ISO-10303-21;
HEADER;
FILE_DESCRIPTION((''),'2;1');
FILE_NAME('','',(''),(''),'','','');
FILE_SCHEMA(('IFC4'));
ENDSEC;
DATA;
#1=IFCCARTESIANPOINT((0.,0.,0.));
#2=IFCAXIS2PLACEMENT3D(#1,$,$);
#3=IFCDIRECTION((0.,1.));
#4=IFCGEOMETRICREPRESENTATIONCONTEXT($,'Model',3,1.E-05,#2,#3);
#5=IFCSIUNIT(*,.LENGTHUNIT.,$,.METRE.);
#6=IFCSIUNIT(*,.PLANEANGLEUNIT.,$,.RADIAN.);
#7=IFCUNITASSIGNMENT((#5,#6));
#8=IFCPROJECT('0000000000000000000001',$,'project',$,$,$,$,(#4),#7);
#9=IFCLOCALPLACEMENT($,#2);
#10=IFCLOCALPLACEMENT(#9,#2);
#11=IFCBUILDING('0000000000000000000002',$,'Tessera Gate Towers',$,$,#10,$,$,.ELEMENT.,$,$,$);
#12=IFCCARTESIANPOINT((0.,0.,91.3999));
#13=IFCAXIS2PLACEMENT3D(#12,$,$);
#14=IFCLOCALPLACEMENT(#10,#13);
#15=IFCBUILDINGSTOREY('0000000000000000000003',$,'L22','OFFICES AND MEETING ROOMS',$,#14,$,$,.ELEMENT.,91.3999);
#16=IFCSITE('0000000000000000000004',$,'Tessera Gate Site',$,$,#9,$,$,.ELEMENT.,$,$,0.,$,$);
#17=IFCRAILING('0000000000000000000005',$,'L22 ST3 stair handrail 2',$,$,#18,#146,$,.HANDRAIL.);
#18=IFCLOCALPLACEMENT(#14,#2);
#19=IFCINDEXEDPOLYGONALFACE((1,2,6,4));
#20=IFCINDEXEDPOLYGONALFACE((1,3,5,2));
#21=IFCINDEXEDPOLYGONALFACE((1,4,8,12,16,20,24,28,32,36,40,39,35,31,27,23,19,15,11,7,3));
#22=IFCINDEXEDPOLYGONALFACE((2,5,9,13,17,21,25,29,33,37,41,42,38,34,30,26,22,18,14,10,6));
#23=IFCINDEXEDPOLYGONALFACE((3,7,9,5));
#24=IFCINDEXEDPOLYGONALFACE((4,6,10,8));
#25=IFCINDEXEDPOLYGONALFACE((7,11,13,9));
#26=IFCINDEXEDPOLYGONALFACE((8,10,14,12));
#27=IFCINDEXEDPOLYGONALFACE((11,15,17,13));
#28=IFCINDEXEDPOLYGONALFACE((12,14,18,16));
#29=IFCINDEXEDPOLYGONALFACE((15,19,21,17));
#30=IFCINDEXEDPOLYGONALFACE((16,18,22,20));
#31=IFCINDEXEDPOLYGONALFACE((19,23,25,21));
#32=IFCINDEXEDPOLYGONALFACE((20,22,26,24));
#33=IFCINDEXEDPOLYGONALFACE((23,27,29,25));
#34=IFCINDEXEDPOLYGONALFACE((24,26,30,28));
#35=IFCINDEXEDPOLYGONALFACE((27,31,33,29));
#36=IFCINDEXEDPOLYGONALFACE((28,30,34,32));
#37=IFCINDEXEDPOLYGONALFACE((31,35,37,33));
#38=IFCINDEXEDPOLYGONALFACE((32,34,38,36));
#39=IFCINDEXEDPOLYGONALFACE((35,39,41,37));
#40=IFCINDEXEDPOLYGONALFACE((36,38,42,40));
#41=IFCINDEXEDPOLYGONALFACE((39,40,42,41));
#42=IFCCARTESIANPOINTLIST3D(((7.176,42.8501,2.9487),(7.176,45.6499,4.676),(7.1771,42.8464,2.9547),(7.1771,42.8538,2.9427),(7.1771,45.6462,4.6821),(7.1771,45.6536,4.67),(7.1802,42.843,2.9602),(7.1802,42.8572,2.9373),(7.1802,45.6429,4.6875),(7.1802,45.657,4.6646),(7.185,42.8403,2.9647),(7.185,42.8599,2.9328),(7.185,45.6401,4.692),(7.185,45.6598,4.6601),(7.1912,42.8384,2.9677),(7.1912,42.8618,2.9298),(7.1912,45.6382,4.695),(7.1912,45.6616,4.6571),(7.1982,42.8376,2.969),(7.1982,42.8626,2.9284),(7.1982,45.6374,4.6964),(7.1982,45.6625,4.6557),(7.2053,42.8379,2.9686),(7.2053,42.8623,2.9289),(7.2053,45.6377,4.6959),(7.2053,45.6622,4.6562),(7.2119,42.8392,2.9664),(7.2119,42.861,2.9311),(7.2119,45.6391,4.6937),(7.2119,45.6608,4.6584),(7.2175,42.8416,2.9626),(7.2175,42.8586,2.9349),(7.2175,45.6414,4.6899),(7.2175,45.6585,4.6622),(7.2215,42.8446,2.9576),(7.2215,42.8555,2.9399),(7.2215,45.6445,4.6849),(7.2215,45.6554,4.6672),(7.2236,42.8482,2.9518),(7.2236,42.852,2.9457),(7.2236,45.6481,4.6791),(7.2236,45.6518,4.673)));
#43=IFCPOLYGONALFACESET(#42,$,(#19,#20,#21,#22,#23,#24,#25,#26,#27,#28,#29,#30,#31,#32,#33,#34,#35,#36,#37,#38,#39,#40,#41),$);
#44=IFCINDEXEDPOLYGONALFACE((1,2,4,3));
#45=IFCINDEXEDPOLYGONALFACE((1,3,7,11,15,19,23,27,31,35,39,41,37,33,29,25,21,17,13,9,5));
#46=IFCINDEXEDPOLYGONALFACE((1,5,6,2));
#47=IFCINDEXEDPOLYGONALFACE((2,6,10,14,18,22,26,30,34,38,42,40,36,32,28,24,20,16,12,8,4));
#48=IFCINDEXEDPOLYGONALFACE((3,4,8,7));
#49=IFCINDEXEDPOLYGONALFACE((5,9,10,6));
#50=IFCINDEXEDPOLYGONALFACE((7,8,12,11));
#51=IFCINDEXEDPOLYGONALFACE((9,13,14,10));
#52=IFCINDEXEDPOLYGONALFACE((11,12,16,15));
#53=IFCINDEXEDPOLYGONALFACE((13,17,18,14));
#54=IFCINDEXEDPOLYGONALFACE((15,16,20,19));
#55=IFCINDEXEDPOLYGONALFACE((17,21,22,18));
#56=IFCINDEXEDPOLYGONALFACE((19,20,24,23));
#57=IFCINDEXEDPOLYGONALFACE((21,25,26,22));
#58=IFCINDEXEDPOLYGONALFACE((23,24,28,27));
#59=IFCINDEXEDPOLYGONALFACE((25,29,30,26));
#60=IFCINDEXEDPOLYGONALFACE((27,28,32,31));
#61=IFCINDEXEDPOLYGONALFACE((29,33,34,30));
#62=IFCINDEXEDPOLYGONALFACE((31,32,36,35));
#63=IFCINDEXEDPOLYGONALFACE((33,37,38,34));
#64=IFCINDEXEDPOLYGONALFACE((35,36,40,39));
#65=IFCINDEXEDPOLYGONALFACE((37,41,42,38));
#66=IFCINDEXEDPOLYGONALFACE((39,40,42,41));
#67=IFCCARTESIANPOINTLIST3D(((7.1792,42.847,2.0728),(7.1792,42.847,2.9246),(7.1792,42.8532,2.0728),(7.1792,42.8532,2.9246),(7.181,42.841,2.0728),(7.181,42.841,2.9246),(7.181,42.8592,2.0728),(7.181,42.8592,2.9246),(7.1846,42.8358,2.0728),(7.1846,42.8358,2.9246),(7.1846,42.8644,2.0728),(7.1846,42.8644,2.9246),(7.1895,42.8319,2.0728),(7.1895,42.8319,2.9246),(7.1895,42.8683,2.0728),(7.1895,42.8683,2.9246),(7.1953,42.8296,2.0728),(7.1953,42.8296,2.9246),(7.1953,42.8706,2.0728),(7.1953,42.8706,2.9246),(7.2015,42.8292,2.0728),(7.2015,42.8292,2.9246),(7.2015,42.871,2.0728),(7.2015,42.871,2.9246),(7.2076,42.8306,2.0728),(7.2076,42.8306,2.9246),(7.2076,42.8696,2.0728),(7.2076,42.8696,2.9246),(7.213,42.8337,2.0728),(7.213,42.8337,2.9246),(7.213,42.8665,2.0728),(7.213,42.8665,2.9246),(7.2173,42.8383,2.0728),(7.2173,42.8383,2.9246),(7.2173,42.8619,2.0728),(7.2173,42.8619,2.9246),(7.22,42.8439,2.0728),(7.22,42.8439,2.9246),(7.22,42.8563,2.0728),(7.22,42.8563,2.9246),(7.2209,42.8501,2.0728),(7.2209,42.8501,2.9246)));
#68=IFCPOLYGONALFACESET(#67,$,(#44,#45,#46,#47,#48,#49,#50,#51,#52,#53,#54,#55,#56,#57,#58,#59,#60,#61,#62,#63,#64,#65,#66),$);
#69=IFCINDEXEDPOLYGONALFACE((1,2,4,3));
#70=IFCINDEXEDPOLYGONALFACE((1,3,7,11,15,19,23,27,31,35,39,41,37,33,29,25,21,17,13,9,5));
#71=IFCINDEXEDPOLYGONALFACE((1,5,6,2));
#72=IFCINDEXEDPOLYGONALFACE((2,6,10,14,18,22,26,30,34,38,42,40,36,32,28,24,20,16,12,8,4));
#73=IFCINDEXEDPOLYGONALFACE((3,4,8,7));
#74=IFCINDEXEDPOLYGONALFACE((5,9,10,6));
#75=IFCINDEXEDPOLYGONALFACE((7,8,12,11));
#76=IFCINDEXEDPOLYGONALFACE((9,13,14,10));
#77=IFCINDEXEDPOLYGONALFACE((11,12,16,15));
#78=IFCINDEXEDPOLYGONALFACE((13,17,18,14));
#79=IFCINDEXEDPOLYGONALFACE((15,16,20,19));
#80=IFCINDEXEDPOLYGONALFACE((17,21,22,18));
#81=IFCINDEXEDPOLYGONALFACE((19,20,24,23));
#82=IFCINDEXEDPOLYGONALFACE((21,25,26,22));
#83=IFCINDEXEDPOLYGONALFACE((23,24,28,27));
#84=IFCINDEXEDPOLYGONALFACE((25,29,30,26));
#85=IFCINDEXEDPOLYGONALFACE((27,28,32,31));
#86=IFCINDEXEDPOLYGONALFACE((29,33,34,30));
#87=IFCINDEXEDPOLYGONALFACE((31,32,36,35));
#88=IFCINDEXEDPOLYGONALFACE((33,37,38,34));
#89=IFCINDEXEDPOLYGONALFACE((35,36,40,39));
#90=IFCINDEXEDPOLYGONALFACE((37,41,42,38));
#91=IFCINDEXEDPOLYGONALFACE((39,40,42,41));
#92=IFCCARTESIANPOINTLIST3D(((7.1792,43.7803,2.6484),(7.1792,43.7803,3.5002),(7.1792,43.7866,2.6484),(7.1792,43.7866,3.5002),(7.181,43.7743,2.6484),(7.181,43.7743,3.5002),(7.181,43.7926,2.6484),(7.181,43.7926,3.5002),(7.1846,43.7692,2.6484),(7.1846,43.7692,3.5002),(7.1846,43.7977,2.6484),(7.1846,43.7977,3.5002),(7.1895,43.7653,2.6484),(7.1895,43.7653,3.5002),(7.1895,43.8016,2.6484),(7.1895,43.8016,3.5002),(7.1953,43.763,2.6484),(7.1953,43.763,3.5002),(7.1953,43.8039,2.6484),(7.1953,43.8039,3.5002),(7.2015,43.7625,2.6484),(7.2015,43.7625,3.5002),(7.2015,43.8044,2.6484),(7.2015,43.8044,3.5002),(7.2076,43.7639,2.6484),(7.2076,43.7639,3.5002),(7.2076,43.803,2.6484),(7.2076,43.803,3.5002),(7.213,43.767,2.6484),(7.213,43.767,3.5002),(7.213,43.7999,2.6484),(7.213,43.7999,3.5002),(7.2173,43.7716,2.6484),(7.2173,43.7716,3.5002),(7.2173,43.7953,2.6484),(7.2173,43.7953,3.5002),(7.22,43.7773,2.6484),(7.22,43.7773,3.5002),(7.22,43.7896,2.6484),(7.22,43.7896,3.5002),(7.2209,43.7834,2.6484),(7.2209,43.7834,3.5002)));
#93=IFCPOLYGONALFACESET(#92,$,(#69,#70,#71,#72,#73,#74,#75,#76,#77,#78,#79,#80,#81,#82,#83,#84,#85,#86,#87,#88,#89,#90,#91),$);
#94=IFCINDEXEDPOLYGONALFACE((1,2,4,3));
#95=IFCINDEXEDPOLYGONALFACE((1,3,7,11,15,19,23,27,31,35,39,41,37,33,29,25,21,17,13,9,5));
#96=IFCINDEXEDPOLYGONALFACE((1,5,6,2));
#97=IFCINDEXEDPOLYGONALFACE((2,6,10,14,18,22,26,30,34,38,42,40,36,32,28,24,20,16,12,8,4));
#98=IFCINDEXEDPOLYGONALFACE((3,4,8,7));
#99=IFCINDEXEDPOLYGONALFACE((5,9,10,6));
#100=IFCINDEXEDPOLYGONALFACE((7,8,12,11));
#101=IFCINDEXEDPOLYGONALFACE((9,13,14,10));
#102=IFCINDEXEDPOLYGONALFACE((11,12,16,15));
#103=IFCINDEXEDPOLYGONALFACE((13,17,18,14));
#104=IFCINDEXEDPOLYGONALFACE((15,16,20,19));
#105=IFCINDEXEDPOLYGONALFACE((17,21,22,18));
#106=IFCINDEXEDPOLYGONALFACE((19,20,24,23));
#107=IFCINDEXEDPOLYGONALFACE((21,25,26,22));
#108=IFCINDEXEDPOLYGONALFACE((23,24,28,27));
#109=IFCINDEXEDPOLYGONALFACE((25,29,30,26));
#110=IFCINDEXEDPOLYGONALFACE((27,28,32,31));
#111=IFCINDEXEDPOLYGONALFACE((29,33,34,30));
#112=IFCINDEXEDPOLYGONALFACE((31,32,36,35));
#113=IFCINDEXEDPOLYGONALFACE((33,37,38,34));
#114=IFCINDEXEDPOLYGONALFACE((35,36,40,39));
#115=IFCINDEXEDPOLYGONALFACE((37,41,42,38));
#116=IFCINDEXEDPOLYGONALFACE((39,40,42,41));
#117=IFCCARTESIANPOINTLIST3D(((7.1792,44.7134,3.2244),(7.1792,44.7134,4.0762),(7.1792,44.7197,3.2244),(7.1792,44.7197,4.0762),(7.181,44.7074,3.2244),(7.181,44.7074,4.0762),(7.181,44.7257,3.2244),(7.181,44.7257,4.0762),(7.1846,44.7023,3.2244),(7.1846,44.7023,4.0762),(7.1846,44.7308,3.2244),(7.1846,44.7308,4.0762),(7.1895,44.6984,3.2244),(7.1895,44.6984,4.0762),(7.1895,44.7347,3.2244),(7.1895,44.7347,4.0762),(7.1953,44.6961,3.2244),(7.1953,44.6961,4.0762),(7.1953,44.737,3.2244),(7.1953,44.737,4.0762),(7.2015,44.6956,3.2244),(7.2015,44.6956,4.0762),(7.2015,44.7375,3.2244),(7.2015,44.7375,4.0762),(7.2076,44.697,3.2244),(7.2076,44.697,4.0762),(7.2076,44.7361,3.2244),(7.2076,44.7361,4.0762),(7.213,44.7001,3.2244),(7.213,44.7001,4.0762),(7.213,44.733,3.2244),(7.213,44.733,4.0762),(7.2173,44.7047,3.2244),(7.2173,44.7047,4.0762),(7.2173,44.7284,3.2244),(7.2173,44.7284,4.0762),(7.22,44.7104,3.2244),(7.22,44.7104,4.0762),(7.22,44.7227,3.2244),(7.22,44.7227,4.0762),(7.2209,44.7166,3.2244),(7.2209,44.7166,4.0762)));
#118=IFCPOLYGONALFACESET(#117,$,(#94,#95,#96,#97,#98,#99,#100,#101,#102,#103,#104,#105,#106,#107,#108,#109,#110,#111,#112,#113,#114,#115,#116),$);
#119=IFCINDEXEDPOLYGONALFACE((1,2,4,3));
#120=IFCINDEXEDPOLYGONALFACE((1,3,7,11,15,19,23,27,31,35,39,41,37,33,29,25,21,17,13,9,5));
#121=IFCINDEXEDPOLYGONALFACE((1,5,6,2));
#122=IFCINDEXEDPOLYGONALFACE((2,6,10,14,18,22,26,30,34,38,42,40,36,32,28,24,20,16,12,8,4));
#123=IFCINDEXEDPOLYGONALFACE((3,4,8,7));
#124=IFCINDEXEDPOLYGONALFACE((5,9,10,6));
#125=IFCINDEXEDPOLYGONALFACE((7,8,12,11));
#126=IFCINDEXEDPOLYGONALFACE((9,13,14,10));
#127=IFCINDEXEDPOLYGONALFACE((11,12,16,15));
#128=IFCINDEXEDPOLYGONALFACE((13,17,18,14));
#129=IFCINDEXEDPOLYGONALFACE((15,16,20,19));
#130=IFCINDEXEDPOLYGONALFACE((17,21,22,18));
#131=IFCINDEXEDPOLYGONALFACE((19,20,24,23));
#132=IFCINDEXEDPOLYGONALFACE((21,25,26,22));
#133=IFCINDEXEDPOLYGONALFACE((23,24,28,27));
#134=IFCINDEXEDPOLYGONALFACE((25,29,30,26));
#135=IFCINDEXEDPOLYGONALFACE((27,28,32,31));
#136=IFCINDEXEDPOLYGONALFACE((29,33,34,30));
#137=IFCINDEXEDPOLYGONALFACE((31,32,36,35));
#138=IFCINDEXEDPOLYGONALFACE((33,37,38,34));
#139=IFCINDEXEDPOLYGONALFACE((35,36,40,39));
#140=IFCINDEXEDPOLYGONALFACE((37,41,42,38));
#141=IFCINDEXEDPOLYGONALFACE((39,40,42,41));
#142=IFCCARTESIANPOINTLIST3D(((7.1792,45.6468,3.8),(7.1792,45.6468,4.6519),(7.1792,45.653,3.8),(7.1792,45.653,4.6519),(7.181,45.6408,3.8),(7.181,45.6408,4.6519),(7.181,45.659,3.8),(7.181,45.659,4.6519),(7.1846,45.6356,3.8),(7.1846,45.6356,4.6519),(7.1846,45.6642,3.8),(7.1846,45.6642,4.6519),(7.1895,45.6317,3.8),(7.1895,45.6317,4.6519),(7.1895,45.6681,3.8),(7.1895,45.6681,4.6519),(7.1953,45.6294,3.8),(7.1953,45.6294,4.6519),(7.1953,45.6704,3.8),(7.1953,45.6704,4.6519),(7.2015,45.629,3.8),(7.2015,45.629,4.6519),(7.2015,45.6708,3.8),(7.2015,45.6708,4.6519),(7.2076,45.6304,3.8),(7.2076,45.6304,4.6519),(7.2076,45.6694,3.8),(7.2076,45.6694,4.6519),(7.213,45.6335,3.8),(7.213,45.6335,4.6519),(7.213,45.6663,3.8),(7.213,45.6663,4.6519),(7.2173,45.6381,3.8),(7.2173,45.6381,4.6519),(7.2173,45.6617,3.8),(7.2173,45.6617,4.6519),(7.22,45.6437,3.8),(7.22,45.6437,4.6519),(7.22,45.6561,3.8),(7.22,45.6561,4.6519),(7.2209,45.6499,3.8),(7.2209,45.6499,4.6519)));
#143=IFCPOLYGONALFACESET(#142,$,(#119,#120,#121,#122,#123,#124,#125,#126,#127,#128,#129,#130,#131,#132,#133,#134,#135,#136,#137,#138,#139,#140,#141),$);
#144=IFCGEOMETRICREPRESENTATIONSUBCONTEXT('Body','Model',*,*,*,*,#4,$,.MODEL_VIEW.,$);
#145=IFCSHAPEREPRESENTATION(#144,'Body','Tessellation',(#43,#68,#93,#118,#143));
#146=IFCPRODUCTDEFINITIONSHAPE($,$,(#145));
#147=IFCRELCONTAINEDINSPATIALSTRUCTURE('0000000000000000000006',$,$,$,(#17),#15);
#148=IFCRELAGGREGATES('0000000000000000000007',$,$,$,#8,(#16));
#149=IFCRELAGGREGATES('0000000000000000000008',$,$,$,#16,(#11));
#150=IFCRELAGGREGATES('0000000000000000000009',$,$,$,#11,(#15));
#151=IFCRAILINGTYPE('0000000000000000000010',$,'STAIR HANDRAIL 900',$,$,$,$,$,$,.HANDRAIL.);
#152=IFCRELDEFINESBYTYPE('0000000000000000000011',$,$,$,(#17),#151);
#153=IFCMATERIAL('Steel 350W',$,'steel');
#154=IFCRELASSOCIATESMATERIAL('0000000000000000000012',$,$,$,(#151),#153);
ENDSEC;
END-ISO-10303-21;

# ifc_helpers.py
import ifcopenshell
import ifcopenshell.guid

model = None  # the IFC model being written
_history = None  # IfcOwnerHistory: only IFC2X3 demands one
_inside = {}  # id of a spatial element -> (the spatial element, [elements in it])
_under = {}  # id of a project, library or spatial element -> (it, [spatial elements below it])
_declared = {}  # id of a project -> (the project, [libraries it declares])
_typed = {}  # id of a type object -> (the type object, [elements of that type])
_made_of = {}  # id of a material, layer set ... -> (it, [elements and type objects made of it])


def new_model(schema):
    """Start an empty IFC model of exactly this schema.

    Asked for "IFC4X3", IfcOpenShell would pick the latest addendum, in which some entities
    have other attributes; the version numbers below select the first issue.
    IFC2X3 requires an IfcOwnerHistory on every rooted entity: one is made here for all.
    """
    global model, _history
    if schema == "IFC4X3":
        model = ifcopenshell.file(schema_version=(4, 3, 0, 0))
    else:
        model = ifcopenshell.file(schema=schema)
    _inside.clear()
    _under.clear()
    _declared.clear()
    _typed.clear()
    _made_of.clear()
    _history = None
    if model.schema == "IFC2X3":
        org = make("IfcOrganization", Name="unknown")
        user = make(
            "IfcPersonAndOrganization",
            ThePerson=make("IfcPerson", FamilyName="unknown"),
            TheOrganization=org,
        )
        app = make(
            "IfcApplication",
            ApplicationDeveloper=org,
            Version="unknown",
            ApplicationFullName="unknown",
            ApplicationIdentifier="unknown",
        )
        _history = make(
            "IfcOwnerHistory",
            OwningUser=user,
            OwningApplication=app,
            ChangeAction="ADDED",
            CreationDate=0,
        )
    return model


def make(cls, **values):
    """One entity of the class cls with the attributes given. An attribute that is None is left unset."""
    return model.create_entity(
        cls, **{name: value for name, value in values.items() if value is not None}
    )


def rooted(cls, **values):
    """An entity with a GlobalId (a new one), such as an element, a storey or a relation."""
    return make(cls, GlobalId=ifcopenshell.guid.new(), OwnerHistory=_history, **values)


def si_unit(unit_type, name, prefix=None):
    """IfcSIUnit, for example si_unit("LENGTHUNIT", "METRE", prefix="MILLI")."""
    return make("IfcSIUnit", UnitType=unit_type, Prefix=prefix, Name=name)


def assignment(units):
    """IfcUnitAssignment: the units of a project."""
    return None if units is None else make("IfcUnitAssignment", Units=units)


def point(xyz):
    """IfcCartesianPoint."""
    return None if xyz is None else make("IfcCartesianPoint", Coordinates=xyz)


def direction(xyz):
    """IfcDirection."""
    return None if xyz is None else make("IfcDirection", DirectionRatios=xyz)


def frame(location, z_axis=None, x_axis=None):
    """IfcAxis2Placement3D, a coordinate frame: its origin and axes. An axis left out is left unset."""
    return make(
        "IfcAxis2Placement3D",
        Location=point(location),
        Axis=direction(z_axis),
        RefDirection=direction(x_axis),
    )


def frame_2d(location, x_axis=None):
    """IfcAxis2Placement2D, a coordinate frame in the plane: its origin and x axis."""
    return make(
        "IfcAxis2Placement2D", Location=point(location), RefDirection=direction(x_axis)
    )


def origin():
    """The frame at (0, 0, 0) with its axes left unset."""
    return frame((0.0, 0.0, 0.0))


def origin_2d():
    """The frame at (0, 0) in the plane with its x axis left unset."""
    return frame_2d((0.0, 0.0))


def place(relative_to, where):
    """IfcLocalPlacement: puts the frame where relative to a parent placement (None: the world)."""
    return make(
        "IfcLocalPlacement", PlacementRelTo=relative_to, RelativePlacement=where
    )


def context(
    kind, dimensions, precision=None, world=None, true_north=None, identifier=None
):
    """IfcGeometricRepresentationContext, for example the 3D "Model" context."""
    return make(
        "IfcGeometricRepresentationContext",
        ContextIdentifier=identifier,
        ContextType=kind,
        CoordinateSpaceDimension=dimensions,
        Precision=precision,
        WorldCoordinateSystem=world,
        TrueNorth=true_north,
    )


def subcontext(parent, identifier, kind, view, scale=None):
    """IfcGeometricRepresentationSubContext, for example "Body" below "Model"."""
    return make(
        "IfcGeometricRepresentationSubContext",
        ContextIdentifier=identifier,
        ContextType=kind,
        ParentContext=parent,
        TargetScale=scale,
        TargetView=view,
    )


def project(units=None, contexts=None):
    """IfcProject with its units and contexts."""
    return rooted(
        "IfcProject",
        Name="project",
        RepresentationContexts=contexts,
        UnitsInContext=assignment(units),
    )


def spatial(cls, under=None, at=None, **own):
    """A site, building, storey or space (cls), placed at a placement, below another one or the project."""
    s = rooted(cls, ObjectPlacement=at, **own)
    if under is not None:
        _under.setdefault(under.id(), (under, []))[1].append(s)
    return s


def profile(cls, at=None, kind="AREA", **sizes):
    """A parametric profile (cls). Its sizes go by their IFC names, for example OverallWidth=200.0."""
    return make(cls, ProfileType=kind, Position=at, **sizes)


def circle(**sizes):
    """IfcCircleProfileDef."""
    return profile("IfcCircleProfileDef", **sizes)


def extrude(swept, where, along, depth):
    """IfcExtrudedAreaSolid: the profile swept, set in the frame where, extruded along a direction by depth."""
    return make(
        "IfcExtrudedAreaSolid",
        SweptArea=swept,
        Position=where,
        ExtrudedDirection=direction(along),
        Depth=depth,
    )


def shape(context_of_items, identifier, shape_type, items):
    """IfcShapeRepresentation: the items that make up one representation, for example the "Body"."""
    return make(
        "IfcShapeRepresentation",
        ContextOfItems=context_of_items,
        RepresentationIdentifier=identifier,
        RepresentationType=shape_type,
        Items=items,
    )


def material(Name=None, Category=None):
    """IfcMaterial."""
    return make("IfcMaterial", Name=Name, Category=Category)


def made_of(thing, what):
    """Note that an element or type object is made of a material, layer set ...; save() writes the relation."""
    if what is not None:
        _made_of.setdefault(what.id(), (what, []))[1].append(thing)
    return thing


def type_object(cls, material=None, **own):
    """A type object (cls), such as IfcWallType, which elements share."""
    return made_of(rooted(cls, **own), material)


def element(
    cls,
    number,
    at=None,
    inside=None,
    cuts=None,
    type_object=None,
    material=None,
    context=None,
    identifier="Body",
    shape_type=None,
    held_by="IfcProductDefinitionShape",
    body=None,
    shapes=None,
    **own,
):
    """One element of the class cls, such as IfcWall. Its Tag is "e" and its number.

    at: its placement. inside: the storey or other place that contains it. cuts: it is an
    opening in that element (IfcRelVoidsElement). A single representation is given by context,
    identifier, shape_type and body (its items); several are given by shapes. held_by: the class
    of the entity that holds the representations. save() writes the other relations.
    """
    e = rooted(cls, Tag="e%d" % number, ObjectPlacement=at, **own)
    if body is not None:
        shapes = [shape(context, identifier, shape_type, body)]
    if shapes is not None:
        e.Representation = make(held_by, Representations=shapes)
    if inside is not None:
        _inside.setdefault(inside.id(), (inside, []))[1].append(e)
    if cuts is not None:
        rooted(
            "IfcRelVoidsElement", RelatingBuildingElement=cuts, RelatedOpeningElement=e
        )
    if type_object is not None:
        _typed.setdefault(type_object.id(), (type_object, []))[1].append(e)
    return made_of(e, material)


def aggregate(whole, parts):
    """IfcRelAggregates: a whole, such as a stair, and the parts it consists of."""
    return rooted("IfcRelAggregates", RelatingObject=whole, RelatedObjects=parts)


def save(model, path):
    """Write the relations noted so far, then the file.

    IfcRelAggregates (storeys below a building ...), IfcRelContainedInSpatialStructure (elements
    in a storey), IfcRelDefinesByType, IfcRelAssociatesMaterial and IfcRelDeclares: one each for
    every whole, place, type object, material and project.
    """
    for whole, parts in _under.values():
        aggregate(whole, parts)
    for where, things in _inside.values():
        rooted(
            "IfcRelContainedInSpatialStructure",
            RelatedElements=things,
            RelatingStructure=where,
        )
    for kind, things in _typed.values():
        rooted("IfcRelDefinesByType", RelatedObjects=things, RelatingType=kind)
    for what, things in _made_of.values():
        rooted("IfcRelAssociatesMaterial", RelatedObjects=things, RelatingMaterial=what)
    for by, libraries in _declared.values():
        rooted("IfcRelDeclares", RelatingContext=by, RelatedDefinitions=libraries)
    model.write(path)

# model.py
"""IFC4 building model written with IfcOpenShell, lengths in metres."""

from ifc_helpers import new_model, si_unit, direction, frame, origin, origin_2d, place, context, subcontext, project, spatial, circle, extrude, material, type_object, element, save


model = new_model("IFC4")

# Units and contexts
model_context = context("Model", 3, precision=1e-05, world=origin(), true_north=direction((0.0, 1.0)))
body_context = subcontext(model_context, "Body", "Model", "MODEL_VIEW")
ifc_project = project(units=[si_unit("LENGTHUNIT", "METRE"), si_unit("PLANEANGLEUNIT", "RADIAN")], contexts=[model_context])

# Site, building, storey
site_placement = place(None, origin())
site = spatial("IfcSite", under=ifc_project, at=site_placement, Name="Tessera Gate Site", CompositionType="ELEMENT", RefElevation=0.0)
building_placement = place(site_placement, origin())
building = spatial("IfcBuilding", under=site, at=building_placement, Name="Tessera Gate Towers", CompositionType="ELEMENT")
storey_placement = place(building_placement, frame((0.0, 0.0, 91.3999)))
storey = spatial("IfcBuildingStorey", under=building, at=storey_placement, Name="L22", Description="OFFICES AND MEETING ROOMS", CompositionType="ELEMENT", Elevation=91.3999)

# Railing
ifc_material_1 = material(Name="Steel 350W", Category="steel")
railing_type_1 = type_object("IfcRailingType", Name="STAIR HANDRAIL 900", PredefinedType="HANDRAIL", material=ifc_material_1)
railing_1_placement = place(storey_placement, frame((7.2, 42.8501, 2.0728)))
element("IfcRailing", 1, at=railing_1_placement, inside=storey, type_object=railing_type_1, Name="L22 ST3 stair handrail 2", PredefinedType="HANDRAIL", context=body_context, shape_type="SweptSolid", body=[
    extrude(circle(Radius=0.0239, at=origin_2d()), frame((0.0, 0.0, 0.876), z_axis=(0.0, 0.851069, 0.525054), x_axis=(-1.0, 0.0, 0.0)), (0.0, 0.0, 1.0), 3.2898),
    extrude(circle(Radius=0.021, at=origin_2d()), origin(), (0.0, 0.0, 1.0), 0.8518),
    extrude(circle(Radius=0.021, at=origin_2d()), frame((0.0, 0.9333, 0.5757)), (0.0, 0.0, 1.0), 0.8518),
    extrude(circle(Radius=0.021, at=origin_2d()), frame((0.0, 1.8665, 1.1516)), (0.0, 0.0, 1.0), 0.8518),
    extrude(circle(Radius=0.021, at=origin_2d()), frame((0.0, 2.7998, 1.7273)), (0.0, 0.0, 1.0), 0.8518),
])

save(model, "model.ifc")
